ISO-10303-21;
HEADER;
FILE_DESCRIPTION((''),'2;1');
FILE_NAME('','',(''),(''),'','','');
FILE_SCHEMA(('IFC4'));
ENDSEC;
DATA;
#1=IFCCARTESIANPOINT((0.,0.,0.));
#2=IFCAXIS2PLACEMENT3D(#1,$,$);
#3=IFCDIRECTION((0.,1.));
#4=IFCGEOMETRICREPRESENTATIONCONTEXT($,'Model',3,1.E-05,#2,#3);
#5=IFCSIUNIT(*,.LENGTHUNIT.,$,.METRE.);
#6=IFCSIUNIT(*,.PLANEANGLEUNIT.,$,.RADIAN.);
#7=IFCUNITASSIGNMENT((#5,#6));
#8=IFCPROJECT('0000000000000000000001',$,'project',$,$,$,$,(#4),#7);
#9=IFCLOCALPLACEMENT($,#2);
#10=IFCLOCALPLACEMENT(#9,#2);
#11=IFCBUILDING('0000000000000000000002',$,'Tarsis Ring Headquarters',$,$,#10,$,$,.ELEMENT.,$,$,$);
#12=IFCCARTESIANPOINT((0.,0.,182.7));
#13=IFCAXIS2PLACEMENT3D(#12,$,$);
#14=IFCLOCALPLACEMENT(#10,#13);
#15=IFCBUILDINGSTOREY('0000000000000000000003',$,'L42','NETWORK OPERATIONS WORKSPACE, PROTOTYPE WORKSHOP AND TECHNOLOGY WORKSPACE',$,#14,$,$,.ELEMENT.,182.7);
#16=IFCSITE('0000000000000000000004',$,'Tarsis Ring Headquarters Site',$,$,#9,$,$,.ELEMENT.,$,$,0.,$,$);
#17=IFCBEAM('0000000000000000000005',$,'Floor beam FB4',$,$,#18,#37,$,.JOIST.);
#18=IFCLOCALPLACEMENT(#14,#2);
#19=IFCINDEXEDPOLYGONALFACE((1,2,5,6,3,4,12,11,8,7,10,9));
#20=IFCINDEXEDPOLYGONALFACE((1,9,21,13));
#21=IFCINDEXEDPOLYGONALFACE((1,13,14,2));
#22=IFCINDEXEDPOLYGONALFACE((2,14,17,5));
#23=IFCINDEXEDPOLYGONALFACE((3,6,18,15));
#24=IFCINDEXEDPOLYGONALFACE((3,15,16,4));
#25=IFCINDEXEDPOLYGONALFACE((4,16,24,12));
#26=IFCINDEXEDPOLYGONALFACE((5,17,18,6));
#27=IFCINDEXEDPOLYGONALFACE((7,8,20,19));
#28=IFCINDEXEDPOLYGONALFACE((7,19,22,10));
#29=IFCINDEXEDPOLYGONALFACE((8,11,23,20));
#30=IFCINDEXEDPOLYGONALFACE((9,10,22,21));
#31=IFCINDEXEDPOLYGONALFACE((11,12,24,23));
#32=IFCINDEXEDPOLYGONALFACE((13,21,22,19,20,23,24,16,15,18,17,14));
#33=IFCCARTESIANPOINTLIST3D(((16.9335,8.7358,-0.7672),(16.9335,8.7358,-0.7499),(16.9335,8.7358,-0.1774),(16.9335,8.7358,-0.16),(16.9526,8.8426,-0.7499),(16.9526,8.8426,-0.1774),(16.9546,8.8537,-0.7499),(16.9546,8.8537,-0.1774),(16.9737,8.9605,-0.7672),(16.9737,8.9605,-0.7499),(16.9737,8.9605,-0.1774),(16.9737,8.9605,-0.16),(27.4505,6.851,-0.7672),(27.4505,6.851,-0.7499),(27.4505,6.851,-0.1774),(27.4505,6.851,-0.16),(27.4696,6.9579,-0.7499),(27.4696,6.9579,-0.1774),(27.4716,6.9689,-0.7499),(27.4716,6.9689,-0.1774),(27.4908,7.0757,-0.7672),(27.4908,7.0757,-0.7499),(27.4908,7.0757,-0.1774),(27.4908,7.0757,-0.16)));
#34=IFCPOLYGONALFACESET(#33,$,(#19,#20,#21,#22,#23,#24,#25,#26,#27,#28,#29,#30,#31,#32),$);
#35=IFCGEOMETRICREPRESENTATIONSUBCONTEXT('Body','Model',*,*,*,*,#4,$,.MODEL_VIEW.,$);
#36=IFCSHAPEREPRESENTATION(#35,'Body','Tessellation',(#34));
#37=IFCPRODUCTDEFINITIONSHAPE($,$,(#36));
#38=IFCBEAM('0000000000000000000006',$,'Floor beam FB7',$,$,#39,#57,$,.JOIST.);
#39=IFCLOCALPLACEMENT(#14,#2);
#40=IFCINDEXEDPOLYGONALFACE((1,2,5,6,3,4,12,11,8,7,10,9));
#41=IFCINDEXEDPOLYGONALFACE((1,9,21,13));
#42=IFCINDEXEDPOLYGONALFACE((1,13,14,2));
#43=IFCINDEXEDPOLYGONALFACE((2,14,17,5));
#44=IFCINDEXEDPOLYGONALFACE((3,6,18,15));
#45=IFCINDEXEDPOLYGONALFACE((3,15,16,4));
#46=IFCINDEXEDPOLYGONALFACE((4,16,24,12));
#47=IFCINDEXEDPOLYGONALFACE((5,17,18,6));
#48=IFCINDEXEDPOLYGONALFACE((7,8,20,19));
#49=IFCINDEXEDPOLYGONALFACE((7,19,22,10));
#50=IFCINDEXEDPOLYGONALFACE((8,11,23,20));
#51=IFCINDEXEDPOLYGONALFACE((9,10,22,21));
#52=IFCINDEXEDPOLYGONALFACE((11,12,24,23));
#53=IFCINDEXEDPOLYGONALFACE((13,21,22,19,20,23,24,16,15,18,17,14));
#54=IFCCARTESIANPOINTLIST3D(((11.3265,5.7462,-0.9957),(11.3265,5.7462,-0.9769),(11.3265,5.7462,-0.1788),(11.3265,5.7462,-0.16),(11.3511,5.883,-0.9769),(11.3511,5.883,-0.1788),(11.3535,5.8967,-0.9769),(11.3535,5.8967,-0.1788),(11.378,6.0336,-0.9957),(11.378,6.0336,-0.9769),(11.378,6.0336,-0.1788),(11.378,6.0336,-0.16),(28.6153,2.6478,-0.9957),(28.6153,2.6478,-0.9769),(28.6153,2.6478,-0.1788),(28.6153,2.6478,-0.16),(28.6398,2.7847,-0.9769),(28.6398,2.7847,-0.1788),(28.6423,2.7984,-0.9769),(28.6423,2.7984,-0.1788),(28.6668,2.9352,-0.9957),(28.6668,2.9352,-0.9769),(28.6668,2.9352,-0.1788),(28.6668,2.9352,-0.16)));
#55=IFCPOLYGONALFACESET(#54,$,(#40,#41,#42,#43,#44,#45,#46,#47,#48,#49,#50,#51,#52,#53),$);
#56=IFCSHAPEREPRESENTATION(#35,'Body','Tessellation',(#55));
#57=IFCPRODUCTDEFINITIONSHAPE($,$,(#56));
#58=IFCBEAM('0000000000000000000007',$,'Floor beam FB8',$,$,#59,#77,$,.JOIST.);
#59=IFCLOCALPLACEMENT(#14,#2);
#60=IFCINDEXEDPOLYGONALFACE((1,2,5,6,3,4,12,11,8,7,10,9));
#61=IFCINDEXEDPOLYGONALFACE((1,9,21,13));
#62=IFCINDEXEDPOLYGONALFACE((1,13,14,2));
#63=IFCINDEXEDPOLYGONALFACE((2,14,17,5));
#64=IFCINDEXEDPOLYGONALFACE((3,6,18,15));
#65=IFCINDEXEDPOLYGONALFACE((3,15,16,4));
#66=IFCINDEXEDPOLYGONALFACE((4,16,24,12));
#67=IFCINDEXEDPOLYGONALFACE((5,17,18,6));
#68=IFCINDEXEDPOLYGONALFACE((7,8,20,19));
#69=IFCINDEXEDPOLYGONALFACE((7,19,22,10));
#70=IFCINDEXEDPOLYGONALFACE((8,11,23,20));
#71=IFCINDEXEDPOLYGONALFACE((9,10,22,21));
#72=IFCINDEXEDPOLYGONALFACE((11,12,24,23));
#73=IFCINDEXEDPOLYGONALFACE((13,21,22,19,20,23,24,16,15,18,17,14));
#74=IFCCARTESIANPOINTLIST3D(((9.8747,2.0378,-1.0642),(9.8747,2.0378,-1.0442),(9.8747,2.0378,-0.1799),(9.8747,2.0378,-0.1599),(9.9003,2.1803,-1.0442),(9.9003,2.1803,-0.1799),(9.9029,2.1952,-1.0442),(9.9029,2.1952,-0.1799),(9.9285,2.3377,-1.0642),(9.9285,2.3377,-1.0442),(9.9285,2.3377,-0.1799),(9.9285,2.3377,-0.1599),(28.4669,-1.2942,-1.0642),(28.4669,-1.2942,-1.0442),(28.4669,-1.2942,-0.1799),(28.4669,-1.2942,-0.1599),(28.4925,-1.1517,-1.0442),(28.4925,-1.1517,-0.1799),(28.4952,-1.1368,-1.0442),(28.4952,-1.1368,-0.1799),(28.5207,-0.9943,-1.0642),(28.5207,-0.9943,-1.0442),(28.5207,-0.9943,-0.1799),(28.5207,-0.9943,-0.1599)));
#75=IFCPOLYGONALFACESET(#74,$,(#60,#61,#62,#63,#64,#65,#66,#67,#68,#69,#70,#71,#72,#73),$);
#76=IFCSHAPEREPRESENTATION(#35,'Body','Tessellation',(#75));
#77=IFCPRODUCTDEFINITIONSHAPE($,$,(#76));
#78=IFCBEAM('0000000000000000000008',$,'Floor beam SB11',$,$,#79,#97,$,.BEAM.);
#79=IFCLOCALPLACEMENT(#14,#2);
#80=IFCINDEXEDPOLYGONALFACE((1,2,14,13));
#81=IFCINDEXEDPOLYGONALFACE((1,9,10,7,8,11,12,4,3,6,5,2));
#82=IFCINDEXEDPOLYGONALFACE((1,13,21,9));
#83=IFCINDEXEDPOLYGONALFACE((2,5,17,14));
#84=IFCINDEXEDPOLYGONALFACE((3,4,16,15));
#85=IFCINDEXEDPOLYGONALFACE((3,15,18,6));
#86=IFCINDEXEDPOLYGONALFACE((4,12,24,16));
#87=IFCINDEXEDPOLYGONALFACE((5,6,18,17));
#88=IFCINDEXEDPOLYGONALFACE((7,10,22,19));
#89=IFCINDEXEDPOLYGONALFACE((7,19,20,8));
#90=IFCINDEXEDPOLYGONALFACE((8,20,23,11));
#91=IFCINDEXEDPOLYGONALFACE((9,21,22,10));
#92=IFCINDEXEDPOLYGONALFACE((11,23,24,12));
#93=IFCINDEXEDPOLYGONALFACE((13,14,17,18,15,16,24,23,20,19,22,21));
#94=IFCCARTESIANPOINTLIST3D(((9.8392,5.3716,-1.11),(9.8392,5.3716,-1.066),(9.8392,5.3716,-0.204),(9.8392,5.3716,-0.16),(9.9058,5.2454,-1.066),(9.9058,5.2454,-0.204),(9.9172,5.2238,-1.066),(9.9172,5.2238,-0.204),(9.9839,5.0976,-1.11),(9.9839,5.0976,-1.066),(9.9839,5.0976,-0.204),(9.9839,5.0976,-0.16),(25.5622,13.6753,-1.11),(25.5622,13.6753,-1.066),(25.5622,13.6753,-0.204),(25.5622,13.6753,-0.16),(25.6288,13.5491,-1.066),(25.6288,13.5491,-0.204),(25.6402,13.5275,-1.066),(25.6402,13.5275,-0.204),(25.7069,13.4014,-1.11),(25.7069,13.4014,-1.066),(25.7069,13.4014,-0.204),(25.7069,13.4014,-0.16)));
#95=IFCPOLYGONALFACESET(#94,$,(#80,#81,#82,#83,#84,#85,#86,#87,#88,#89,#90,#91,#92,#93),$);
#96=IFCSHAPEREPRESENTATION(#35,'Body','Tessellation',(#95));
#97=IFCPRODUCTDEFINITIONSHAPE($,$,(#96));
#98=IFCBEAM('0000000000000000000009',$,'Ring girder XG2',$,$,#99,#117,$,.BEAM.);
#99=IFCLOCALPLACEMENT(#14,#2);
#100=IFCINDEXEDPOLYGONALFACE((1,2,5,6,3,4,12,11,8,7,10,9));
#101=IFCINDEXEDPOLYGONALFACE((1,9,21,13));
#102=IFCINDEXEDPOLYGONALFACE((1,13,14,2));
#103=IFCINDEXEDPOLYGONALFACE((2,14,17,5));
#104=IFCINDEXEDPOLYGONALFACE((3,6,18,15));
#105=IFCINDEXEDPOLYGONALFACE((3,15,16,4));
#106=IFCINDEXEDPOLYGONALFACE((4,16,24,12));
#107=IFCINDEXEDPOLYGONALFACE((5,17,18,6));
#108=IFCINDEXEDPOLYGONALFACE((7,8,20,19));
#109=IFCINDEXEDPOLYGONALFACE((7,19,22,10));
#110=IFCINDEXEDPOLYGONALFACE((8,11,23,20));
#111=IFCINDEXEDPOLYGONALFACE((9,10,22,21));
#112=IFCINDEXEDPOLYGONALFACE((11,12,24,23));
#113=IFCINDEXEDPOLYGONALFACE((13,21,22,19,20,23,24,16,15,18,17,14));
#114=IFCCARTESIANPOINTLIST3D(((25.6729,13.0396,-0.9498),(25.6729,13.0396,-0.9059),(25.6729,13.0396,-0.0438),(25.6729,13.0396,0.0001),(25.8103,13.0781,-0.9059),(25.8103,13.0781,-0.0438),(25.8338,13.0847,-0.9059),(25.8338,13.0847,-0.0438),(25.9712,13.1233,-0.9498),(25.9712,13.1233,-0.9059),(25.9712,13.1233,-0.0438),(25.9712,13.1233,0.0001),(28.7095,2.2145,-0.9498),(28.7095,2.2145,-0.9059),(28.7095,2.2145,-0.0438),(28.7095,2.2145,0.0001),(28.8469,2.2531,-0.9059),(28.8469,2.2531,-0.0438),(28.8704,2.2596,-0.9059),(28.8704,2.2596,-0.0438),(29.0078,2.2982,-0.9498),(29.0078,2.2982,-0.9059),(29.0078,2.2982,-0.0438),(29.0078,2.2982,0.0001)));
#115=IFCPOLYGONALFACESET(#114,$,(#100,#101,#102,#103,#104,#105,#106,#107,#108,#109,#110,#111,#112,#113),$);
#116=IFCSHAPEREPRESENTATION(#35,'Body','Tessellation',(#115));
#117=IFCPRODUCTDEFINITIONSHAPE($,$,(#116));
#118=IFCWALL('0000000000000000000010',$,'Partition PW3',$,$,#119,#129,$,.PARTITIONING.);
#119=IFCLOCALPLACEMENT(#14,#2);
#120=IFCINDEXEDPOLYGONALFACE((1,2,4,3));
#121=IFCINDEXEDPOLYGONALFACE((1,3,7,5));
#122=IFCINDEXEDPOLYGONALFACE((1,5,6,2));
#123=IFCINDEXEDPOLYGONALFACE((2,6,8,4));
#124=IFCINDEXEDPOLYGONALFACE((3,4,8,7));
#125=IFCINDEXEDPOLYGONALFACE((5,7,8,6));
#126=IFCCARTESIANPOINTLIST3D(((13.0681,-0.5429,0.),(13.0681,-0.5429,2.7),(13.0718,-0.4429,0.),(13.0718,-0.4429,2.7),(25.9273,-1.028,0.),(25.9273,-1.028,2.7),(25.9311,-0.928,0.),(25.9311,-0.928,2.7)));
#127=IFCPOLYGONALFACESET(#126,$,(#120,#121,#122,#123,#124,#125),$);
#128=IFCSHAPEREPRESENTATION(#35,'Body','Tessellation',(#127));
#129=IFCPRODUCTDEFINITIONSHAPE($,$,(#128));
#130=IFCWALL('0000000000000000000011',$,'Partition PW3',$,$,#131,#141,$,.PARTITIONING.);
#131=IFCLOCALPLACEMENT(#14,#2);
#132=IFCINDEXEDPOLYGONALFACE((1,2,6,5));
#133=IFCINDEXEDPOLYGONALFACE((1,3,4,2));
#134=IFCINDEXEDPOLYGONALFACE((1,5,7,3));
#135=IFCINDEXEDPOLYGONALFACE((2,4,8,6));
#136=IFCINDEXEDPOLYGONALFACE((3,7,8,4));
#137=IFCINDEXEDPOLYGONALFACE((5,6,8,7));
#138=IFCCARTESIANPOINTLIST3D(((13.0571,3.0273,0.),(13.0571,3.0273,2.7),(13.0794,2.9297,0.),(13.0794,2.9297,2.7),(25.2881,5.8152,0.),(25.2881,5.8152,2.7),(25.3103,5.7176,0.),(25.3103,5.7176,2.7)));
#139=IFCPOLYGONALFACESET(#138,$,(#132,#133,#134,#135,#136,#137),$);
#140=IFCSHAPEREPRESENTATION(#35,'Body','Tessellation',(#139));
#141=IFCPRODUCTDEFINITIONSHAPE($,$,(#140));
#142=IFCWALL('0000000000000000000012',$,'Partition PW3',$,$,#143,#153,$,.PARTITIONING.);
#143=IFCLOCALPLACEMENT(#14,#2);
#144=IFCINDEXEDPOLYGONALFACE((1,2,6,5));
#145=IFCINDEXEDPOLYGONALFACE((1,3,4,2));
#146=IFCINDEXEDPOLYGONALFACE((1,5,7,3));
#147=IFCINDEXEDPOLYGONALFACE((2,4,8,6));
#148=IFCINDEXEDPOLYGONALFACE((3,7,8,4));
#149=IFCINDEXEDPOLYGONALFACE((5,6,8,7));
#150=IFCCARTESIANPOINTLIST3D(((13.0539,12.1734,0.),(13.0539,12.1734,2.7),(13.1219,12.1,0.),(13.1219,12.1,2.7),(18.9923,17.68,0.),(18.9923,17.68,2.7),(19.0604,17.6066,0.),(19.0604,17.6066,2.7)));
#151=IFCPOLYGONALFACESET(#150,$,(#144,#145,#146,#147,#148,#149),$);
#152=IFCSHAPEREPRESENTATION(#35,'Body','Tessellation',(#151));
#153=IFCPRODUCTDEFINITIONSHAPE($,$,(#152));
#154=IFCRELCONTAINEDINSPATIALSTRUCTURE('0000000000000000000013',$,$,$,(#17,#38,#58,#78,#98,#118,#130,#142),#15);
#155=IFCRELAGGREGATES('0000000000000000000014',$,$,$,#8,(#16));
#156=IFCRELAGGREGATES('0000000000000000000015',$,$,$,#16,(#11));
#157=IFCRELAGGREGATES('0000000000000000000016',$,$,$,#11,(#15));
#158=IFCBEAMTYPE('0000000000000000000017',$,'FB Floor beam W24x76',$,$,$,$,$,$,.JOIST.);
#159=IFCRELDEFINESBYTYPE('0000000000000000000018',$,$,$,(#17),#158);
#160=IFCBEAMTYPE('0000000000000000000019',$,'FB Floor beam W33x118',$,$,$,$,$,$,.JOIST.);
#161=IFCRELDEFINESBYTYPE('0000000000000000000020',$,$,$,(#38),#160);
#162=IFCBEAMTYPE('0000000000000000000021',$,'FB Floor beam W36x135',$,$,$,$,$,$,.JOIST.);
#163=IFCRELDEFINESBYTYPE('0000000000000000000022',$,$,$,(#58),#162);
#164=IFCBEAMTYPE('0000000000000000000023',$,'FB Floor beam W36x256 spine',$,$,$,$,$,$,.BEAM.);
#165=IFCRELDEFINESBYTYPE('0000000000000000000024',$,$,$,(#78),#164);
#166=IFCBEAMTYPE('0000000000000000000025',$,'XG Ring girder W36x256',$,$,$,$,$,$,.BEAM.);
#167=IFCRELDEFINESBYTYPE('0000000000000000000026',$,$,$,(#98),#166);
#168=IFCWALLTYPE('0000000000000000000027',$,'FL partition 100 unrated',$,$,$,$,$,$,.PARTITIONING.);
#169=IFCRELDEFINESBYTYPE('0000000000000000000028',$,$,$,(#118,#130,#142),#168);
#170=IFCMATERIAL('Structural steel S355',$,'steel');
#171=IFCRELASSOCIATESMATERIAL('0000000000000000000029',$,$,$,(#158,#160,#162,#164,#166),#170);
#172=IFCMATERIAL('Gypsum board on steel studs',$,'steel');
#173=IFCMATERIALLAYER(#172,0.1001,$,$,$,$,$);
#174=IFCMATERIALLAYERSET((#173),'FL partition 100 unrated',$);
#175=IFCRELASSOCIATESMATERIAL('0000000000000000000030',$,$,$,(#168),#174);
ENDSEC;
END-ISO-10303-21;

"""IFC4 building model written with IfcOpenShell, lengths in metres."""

from ifc_helpers import new_model, si_unit, direction, frame, frame_2d, origin, origin_2d, place, context, subcontext, project, spatial, rectangle, i_section, extrude, material, layer, layer_set, material_profile, profile_set, type_object, element, save


model = new_model("IFC4")

# Units and contexts
model_context = context("Model", 3, precision=1e-05, world=origin(), true_north=direction((0.0, 1.0)))
body_context = subcontext(model_context, "Body", "Model", "MODEL_VIEW")
ifc_project = project(units=[si_unit("LENGTHUNIT", "METRE"), si_unit("PLANEANGLEUNIT", "RADIAN")], contexts=[model_context])

# Site, building, storey
site_placement = place(None, origin())
site = spatial("IfcSite", under=ifc_project, at=site_placement, Name="Tarsis Ring Headquarters Site", CompositionType="ELEMENT", RefElevation=0.0)
building_placement = place(site_placement, origin())
building = spatial("IfcBuilding", under=site, at=building_placement, Name="Tarsis Ring Headquarters", CompositionType="ELEMENT")
storey_placement = place(building_placement, frame((0.0, 0.0, 182.7)))
storey = spatial("IfcBuildingStorey", under=building, at=storey_placement, Name="L42", Description="NETWORK OPERATIONS WORKSPACE, PROTOTYPE WORKSHOP AND TECHNOLOGY WORKSPACE", CompositionType="ELEMENT", Elevation=182.7)

# Shared definitions
ifc_material_1 = material(Name="Structural steel S355", Category="steel")

# Beams
ifc_material_profile_1 = material_profile(ifc_material_1, i_section(OverallWidth=0.2283, OverallDepth=0.6072, WebThickness=0.0112, FlangeThickness=0.0173, at=origin_2d()), Name="W24x76")
ifc_profile_set_1 = profile_set([ifc_material_profile_1], Name="Structural steel S355")
beam_type_1 = type_object("IfcBeamType", Name="FB Floor beam W24x76", PredefinedType="JOIST", material=ifc_profile_set_1)
beam_1_placement = place(storey_placement, frame((16.9536, 8.8481, -0.4636), z_axis=(0.984319, -0.1764, 0.0), x_axis=(0.1764, 0.984319, 0.0)))
element("IfcBeam", 1, at=beam_1_placement, inside=storey, type_object=beam_type_1, Name="Floor beam FB4", PredefinedType="JOIST", context=body_context, shape_type="SweptSolid", body=[
    extrude(i_section(OverallWidth=0.2283, OverallDepth=0.6072, WebThickness=0.0112, FlangeThickness=0.0173, at=origin_2d()), origin(), (0.0, 0.0, 1.0), 10.6846),
])
ifc_material_profile_2 = material_profile(ifc_material_1, i_section(OverallWidth=0.292, OverallDepth=0.8357, WebThickness=0.0139, FlangeThickness=0.0188, at=origin_2d()), Name="W33x118")
ifc_profile_set_2 = profile_set([ifc_material_profile_2], Name="Structural steel S355")
beam_type_2 = type_object("IfcBeamType", Name="FB Floor beam W33x118", PredefinedType="JOIST", material=ifc_profile_set_2)
beam_2_placement = place(storey_placement, frame((11.3523, 5.8899, -0.5779), z_axis=(0.984318, -0.176403, 0.0), x_axis=(0.176403, 0.984318, 0.0)))
element("IfcBeam", 2, at=beam_2_placement, inside=storey, type_object=beam_type_2, Name="Floor beam FB7", PredefinedType="JOIST", context=body_context, shape_type="SweptSolid", body=[
    extrude(i_section(OverallWidth=0.292, OverallDepth=0.8357, WebThickness=0.0139, FlangeThickness=0.0188, at=origin_2d()), origin(), (0.0, 0.0, 1.0), 17.5642),
])
ifc_material_profile_3 = material_profile(ifc_material_1, i_section(OverallWidth=0.3047, OverallDepth=0.9043, WebThickness=0.0151, FlangeThickness=0.02, at=origin_2d()), Name="W36x135")
ifc_profile_set_3 = profile_set([ifc_material_profile_3], Name="Structural steel S355")
beam_type_3 = type_object("IfcBeamType", Name="FB Floor beam W36x135", PredefinedType="JOIST", material=ifc_profile_set_3)
beam_3_placement = place(storey_placement, frame((9.9016, 2.1877, -0.6121), z_axis=(0.984318, -0.176405, 0.0), x_axis=(0.176405, 0.984318, 0.0)))
element("IfcBeam", 3, at=beam_3_placement, inside=storey, type_object=beam_type_3, Name="Floor beam FB8", PredefinedType="JOIST", context=body_context, shape_type="SweptSolid", body=[
    extrude(i_section(OverallWidth=0.3047, OverallDepth=0.9043, WebThickness=0.0151, FlangeThickness=0.02, at=origin_2d()), origin(), (0.0, 0.0, 1.0), 18.8884),
])
ifc_material_profile_4 = material_profile(ifc_material_1, i_section(OverallWidth=0.3098, OverallDepth=0.95, WebThickness=0.0244, FlangeThickness=0.0439, at=origin_2d()), Name="W36x256")
ifc_profile_set_4 = profile_set([ifc_material_profile_4], Name="Structural steel S355")
beam_type_4 = type_object("IfcBeamType", Name="FB Floor beam W36x256 spine", PredefinedType="BEAM", material=ifc_profile_set_4)
beam_4_placement = place(storey_placement, frame((25.6345, 13.5383, -0.635), z_axis=(-0.884257, -0.467001, 0.0), x_axis=(0.467001, -0.884257, 0.0)))
element("IfcBeam", 4, at=beam_4_placement, inside=storey, type_object=beam_type_4, Name="Floor beam SB11", PredefinedType="BEAM", context=body_context, shape_type="SweptSolid", body=[
    extrude(i_section(OverallWidth=0.3098, OverallDepth=0.95, WebThickness=0.0244, FlangeThickness=0.0439, at=origin_2d()), origin(), (0.0, 0.0, 1.0), 17.781),
])
beam_type_5 = type_object("IfcBeamType", Name="XG Ring girder W36x256", PredefinedType="BEAM", material=ifc_profile_set_4)
beam_5_placement = place(storey_placement, frame((28.8586, 2.2563, -0.4749), z_axis=(-0.270089, 0.962835, 0.0), x_axis=(-0.962835, -0.270089, 0.0)))
element("IfcBeam", 5, at=beam_5_placement, inside=storey, type_object=beam_type_5, Name="Ring girder XG2", PredefinedType="BEAM", context=body_context, shape_type="SweptSolid", body=[
    extrude(i_section(OverallWidth=0.3098, OverallDepth=0.95, WebThickness=0.0244, FlangeThickness=0.0439, at=origin_2d()), origin(), (0.0, 0.0, 1.0), 11.2429),
])

# Walls
ifc_material_2 = material(Name="Gypsum board on steel studs", Category="steel")
ifc_layer_1 = layer(ifc_material_2, 0.1001)
ifc_layer_set_1 = layer_set([ifc_layer_1], Name="FL partition 100 unrated")
wall_type_1 = type_object("IfcWallType", Name="FL partition 100 unrated", PredefinedType="PARTITIONING", material=ifc_layer_set_1)
wall_1_placement = place(storey_placement, frame((13.0701, -0.4929, 0.0), z_axis=(0.0, 0.0, 1.0), x_axis=(0.999289, -0.037697, 0.0)))
element("IfcWall", 6, at=wall_1_placement, inside=storey, type_object=wall_type_1, Name="Partition PW3", PredefinedType="PARTITIONING", context=body_context, shape_type="SweptSolid", body=[
    extrude(rectangle(XDim=12.8684, YDim=0.1001, at=frame_2d((6.4341, 0.0))), origin(), (0.0, 0.0, 1.0), 2.7),
])
wall_2_placement = place(storey_placement, frame((13.0681, 2.9785, 0.0), z_axis=(0.0, 0.0, 1.0), x_axis=(0.974993, 0.222233, 0.0)))
element("IfcWall", 7, at=wall_2_placement, inside=storey, type_object=wall_type_1, Name="Partition PW3", PredefinedType="PARTITIONING", context=body_context, shape_type="SweptSolid", body=[
    extrude(rectangle(XDim=12.5447, YDim=0.1001, at=frame_2d((6.2725, 0.0))), origin(), (0.0, 0.0, 1.0), 2.7),
])
wall_3_placement = place(storey_placement, frame((13.0879, 12.1367, 0.0), z_axis=(0.0, 0.0, 1.0), x_axis=(0.733268, 0.67994, 0.0)))
element("IfcWall", 8, at=wall_3_placement, inside=storey, type_object=wall_type_1, Name="Partition PW3", PredefinedType="PARTITIONING", context=body_context, shape_type="SweptSolid", body=[
    extrude(rectangle(XDim=8.0986, YDim=0.1001, at=frame_2d((4.0493, 0.0))), origin(), (0.0, 0.0, 1.0), 2.7),
])

save(model, "model.ifc")
